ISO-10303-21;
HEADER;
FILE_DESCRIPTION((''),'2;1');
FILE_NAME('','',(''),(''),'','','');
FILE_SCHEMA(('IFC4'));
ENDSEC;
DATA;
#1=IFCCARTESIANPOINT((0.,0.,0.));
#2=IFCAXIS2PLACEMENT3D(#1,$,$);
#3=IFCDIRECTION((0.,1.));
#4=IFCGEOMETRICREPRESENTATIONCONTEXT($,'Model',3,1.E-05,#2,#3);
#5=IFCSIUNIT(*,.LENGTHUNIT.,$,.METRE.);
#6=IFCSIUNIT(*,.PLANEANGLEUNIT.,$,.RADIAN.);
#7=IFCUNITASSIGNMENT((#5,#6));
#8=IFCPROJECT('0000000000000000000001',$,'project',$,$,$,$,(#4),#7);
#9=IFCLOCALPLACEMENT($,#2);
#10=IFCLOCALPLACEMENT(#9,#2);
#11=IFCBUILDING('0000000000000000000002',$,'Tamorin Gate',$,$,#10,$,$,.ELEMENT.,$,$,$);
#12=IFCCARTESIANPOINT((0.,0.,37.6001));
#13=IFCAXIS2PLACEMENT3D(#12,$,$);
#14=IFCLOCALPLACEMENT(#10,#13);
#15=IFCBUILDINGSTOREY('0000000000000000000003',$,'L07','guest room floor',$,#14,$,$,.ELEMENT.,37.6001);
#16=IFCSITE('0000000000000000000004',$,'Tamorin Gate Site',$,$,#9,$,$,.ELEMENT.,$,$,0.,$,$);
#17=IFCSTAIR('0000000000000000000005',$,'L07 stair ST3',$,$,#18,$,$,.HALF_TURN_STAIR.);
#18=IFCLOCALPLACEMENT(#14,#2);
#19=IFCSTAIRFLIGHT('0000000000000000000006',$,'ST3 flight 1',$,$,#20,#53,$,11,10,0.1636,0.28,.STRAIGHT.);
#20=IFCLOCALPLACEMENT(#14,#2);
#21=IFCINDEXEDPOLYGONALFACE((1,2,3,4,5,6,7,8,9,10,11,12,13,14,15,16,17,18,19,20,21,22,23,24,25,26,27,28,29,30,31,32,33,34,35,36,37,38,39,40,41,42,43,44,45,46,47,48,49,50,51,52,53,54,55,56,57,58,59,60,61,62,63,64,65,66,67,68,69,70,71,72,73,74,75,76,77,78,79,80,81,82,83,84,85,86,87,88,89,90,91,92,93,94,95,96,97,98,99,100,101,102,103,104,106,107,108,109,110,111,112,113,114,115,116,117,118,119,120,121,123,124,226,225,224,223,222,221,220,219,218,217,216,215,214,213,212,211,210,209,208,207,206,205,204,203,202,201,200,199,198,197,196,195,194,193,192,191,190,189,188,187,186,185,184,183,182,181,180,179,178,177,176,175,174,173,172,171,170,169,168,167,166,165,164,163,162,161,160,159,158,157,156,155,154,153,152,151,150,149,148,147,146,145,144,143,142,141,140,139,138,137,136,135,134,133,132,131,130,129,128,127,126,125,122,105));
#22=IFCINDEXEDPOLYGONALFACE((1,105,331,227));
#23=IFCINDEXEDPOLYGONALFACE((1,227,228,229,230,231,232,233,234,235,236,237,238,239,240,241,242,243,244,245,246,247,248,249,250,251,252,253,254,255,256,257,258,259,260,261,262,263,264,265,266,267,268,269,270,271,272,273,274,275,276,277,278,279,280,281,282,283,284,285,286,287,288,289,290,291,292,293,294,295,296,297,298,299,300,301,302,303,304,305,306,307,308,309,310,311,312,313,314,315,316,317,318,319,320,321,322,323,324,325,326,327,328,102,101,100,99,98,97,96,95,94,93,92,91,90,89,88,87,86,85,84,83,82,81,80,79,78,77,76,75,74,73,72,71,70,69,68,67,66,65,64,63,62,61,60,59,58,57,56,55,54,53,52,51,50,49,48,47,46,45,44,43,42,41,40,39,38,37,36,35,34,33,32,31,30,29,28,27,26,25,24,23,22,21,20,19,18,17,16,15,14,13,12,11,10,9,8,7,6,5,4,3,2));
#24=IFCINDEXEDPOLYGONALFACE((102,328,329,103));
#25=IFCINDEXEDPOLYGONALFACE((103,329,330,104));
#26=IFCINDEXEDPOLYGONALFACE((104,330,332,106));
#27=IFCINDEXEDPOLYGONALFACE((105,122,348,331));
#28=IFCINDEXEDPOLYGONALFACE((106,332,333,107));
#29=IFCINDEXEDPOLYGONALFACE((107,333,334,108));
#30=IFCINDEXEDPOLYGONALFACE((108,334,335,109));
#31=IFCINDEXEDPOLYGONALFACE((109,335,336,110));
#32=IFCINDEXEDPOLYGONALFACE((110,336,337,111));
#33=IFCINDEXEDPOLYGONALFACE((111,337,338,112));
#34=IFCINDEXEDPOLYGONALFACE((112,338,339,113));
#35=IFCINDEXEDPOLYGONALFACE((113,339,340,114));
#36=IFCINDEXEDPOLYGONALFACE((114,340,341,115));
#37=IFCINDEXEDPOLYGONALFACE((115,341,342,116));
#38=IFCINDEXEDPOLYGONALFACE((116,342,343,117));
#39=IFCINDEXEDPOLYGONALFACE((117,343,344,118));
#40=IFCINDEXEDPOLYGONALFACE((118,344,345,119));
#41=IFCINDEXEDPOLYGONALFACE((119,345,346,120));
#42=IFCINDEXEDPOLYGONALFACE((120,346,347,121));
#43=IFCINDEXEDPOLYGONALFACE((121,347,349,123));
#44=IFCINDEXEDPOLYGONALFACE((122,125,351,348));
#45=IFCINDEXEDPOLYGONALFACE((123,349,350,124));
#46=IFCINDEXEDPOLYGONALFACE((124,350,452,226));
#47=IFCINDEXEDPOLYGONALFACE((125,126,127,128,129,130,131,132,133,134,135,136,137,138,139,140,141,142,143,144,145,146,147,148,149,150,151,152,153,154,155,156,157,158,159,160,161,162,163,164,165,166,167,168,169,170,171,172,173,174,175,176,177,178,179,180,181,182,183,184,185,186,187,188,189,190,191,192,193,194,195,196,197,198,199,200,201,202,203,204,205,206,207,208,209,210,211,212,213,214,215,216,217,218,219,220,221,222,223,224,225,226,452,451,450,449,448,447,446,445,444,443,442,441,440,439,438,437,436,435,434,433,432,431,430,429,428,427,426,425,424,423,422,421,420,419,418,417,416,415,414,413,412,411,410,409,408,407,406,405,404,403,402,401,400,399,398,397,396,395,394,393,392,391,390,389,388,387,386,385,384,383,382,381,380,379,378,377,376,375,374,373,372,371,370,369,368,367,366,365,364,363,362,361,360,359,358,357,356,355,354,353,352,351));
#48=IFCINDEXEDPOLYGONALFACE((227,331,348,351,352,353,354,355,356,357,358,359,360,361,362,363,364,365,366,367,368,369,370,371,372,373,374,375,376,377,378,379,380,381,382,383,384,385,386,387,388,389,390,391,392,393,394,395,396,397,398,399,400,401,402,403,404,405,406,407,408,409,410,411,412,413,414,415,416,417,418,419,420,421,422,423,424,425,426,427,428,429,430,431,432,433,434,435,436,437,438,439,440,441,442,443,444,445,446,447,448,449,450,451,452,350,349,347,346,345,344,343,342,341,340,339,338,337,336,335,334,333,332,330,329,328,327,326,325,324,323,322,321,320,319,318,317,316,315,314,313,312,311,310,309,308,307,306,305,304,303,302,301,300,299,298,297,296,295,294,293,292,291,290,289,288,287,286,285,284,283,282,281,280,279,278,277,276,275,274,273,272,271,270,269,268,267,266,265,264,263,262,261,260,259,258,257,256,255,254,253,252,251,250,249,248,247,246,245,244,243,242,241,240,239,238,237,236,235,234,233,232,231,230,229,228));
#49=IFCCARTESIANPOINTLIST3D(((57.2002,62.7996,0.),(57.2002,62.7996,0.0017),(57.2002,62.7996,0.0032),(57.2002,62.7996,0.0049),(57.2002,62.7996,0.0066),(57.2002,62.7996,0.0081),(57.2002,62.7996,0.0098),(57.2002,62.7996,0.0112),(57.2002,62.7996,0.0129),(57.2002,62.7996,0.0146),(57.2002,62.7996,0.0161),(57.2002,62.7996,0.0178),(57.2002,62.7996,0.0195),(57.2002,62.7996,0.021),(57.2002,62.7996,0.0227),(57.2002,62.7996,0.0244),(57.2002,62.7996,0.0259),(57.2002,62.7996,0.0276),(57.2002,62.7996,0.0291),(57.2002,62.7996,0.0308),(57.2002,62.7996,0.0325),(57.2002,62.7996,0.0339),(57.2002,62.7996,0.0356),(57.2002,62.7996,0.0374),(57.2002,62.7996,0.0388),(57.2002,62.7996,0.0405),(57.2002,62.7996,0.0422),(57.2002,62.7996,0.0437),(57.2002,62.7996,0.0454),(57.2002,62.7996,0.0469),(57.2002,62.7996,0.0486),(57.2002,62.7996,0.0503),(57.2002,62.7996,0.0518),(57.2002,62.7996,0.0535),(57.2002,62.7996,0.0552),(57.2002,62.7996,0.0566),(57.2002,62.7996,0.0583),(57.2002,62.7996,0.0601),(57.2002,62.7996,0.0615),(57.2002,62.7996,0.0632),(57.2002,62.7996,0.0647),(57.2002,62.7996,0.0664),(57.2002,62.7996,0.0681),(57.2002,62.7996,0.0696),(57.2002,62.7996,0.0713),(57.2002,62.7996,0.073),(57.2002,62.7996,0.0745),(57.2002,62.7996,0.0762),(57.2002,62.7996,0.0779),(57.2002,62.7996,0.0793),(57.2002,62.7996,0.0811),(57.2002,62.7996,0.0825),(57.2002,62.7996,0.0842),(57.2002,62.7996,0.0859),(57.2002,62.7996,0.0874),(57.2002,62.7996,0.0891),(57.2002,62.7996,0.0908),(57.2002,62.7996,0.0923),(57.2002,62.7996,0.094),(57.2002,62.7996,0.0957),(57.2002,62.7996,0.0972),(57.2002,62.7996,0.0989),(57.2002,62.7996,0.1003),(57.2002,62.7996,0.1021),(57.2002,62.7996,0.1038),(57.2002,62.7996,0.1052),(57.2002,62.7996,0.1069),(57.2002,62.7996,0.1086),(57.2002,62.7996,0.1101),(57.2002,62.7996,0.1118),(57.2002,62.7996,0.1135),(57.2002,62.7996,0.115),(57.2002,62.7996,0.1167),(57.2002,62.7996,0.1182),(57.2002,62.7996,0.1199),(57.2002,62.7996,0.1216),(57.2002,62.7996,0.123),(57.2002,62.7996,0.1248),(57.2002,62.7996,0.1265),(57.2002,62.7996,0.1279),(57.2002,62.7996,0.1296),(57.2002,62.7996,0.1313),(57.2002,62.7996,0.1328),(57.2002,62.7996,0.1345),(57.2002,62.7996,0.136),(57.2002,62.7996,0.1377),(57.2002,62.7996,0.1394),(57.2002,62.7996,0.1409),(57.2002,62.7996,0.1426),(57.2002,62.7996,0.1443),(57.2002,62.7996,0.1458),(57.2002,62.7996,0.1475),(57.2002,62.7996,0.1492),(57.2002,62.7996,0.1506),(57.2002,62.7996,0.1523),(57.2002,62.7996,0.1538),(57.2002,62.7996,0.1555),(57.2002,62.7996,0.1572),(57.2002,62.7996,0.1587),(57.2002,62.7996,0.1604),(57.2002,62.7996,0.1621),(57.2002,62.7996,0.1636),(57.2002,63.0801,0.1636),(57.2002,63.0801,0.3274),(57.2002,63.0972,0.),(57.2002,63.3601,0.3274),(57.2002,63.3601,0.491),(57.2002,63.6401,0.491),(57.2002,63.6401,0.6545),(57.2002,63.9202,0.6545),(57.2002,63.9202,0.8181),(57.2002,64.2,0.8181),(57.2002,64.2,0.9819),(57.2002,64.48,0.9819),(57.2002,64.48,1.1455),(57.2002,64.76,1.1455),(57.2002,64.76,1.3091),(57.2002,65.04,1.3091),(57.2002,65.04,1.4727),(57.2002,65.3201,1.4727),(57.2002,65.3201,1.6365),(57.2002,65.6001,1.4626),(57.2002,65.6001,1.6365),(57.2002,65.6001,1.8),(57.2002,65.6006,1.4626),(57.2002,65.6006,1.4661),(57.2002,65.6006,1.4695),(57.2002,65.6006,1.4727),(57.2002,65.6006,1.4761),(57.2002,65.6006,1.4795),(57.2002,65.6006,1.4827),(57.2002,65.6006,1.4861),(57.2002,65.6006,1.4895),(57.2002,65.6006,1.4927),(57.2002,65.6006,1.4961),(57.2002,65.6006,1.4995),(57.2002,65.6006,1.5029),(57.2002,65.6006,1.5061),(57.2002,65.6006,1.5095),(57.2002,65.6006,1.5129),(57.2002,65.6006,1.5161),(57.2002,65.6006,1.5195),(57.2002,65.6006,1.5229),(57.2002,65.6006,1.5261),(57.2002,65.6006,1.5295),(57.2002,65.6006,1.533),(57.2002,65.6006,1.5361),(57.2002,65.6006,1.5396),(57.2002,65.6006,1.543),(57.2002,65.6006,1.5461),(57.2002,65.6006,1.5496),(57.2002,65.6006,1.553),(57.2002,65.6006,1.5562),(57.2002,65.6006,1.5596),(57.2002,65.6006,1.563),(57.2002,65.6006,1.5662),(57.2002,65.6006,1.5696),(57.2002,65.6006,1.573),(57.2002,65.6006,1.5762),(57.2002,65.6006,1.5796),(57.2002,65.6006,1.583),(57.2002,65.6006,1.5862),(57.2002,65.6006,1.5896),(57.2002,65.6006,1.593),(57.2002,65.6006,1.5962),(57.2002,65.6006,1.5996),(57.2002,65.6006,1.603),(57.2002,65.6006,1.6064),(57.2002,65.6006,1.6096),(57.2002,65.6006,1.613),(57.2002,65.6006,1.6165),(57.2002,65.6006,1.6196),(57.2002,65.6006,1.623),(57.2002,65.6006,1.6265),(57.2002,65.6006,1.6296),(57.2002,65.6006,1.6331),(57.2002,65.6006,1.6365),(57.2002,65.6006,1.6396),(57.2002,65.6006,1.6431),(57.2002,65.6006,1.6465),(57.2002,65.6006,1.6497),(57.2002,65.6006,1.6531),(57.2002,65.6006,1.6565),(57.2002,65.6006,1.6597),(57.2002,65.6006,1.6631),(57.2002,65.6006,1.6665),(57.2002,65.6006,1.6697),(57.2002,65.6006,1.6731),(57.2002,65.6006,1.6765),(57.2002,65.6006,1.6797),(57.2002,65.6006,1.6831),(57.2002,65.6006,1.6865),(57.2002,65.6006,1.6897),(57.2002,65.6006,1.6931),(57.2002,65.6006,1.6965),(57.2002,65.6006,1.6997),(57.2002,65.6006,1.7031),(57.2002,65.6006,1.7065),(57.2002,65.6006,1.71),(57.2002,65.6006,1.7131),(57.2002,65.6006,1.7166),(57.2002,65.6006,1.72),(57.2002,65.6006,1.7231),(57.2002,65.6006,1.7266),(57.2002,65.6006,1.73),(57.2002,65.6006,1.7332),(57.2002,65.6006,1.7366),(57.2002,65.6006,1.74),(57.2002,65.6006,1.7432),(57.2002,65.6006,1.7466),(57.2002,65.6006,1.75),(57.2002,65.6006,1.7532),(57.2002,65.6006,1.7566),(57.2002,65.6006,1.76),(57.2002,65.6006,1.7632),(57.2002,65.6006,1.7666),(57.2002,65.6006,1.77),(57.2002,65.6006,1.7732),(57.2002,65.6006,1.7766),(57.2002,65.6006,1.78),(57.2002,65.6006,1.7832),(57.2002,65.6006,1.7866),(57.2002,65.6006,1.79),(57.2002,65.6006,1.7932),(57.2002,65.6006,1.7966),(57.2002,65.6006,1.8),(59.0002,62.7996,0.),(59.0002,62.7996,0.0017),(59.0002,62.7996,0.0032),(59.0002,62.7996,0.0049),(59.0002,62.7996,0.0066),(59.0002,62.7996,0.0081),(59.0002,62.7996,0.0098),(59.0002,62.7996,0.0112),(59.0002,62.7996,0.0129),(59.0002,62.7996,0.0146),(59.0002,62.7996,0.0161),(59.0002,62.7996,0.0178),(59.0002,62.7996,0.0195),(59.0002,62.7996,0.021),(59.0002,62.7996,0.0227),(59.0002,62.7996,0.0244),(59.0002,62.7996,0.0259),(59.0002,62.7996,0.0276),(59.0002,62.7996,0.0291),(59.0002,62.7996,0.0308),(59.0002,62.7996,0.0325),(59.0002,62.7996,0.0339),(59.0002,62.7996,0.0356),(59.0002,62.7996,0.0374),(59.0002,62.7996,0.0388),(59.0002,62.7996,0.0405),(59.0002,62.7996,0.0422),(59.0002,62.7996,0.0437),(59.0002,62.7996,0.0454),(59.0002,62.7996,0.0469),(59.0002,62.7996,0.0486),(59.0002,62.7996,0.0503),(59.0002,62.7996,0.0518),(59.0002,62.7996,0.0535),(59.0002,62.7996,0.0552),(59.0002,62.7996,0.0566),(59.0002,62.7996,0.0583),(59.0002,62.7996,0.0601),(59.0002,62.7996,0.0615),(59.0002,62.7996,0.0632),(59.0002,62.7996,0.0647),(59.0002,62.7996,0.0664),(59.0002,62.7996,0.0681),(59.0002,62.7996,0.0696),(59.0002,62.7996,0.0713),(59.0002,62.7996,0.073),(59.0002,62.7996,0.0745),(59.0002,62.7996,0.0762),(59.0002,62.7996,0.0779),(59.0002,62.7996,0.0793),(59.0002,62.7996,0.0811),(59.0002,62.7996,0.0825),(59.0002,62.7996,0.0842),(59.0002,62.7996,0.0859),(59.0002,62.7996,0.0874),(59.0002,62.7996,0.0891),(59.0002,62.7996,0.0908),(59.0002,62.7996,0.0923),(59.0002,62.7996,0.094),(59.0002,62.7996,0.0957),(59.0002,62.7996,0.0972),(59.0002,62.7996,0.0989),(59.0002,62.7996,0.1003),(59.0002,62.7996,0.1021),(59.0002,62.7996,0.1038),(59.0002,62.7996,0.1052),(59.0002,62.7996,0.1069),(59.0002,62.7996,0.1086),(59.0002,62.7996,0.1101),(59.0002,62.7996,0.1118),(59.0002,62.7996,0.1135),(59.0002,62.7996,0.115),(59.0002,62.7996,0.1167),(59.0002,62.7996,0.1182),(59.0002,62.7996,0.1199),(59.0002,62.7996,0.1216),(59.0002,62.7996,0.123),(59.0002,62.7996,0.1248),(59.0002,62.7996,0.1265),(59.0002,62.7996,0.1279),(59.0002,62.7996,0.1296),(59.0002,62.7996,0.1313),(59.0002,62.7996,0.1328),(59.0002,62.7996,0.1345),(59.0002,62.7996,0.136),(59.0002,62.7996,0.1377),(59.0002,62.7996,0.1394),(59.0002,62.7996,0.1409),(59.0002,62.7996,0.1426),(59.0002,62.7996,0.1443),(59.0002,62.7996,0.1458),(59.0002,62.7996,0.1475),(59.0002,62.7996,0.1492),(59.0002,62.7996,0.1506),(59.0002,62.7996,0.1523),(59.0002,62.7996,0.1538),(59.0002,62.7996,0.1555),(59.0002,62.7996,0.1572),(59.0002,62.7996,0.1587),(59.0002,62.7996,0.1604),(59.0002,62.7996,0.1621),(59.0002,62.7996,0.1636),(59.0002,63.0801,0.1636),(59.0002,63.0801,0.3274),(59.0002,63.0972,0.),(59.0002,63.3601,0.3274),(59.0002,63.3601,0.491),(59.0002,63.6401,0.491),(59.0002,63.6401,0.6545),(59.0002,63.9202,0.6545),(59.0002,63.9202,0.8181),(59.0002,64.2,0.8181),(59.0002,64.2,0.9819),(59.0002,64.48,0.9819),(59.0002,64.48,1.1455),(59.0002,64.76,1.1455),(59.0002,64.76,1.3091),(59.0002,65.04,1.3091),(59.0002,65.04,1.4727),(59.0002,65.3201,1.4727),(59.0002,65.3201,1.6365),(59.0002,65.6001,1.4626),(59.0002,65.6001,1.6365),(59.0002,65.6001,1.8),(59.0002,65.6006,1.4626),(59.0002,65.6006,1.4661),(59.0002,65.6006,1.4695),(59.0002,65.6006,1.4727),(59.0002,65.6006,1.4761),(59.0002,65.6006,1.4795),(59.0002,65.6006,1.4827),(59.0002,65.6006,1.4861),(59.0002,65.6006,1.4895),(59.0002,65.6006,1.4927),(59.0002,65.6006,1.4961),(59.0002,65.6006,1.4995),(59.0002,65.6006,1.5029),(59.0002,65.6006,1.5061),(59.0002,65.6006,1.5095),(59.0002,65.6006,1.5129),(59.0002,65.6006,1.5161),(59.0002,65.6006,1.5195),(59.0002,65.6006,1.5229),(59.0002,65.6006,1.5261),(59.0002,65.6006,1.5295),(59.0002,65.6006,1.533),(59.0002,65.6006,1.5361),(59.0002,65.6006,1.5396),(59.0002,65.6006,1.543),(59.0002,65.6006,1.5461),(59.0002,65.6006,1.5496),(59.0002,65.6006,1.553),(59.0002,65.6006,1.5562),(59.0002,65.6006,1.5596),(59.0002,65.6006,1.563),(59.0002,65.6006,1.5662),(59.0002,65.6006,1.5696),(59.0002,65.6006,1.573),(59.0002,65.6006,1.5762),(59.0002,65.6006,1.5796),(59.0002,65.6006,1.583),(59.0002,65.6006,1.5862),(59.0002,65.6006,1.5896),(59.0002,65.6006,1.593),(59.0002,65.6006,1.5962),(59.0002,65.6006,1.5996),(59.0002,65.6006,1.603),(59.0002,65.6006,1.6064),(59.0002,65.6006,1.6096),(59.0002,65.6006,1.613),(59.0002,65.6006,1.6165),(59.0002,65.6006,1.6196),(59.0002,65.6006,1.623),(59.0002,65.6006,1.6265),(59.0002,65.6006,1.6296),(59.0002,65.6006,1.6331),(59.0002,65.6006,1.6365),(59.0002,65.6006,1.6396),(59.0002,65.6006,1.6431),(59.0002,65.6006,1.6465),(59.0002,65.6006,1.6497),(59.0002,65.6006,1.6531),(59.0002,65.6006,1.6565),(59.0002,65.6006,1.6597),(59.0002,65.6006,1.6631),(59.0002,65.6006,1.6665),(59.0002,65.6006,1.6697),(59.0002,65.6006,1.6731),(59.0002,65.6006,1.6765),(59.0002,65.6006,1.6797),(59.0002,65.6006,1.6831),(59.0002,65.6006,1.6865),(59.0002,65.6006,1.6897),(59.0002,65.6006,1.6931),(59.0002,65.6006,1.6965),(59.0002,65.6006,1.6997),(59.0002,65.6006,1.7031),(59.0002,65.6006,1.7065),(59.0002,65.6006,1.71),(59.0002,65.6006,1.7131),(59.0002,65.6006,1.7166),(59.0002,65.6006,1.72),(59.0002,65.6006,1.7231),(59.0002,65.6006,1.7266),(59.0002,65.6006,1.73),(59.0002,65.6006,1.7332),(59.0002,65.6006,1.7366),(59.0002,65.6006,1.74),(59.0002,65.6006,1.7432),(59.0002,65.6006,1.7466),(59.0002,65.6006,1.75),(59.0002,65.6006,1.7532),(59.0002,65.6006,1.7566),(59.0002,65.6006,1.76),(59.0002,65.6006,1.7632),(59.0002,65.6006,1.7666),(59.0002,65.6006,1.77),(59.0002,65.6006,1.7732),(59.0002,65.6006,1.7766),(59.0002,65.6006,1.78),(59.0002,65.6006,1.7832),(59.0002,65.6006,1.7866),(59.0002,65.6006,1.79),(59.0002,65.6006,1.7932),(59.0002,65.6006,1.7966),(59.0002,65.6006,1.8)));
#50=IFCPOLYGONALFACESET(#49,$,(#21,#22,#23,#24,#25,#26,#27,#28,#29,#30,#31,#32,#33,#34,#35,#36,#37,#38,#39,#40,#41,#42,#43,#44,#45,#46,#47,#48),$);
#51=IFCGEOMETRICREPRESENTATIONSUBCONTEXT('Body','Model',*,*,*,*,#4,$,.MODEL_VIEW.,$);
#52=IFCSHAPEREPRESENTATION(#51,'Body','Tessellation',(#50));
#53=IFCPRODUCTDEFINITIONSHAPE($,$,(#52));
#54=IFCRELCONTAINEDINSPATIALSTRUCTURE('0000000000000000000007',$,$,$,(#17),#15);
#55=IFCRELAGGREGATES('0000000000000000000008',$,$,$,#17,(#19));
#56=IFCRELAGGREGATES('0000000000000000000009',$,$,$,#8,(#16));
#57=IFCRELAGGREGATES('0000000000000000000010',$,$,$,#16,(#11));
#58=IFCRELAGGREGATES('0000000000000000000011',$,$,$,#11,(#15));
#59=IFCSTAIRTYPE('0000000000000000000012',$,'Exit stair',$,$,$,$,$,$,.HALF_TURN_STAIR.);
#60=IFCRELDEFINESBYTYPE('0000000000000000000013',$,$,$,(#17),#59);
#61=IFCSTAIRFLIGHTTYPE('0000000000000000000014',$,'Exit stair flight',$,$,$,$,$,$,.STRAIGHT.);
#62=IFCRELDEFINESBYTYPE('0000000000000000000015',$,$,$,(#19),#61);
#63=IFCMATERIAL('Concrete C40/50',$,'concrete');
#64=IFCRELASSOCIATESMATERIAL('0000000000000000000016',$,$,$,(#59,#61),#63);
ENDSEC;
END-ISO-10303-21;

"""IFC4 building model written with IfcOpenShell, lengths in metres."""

from ifc_helpers import new_model, si_unit, direction, frame, origin, place, context, subcontext, project, spatial, polyline, outline, extrude, material, type_object, element, aggregate, save


model = new_model("IFC4")

# Units and contexts
model_context = context("Model", 3, precision=1e-05, world=origin(), true_north=direction((0.0, 1.0)))
body_context = subcontext(model_context, "Body", "Model", "MODEL_VIEW")
ifc_project = project(units=[si_unit("LENGTHUNIT", "METRE"), si_unit("PLANEANGLEUNIT", "RADIAN")], contexts=[model_context])

# Site, building, storey
site_placement = place(None, origin())
site = spatial("IfcSite", under=ifc_project, at=site_placement, Name="Tamorin Gate Site", CompositionType="ELEMENT", RefElevation=0.0)
building_placement = place(site_placement, origin())
building = spatial("IfcBuilding", under=site, at=building_placement, Name="Tamorin Gate", CompositionType="ELEMENT")
storey_placement = place(building_placement, frame((0.0, 0.0, 37.6001)))
storey = spatial("IfcBuildingStorey", under=building, at=storey_placement, Name="L07", Description="guest room floor", CompositionType="ELEMENT", Elevation=37.6001)

# Shared definitions
ifc_material_1 = material(Name="Concrete C40/50", Category="concrete")

# Stair, stair flight
stair_type = type_object("IfcStairType", Name="Exit stair", PredefinedType="HALF_TURN_STAIR", material=ifc_material_1)
stair_placement = place(storey_placement, origin())
stair = element("IfcStair", 1, at=stair_placement, inside=storey, type_object=stair_type, Name="L07 stair ST3", PredefinedType="HALF_TURN_STAIR")
stair_flight_type = type_object("IfcStairFlightType", Name="Exit stair flight", PredefinedType="STRAIGHT", material=ifc_material_1)
stair_flight_1_placement = place(storey_placement, frame((58.1001, 62.8, 0.0), z_axis=(0.0, 0.0, 1.0), x_axis=(0.0, 1.0, 0.0)))
stair_flight_1 = element("IfcStairFlight", 2, at=stair_flight_1_placement, type_object=stair_flight_type, Name="ST3 flight 1", NumberOfRisers=11, NumberOfTreads=10, PredefinedType="STRAIGHT", RiserHeight=0.1636, TreadLength=0.28, context=body_context, shape_type="SweptSolid", body=[
    extrude(outline(polyline([(-0.0005, 0.0), (-0.0005, 0.0017), (-0.0005, 0.0032), (-0.0005, 0.0049), (-0.0005, 0.0066), (-0.0005, 0.0081), (-0.0005, 0.0098), (-0.0005, 0.0112), (-0.0005, 0.0129), (-0.0005, 0.0146), (-0.0005, 0.0161), (-0.0005, 0.0178), (-0.0005, 0.0195), (-0.0005, 0.021), (-0.0005, 0.0227), (-0.0005, 0.0244), (-0.0005, 0.0259), (-0.0005, 0.0276), (-0.0005, 0.0291), (-0.0005, 0.0308), (-0.0005, 0.0325), (-0.0005, 0.0339), (-0.0005, 0.0356), (-0.0005, 0.0374), (-0.0005, 0.0388), (-0.0005, 0.0405), (-0.0005, 0.0422), (-0.0005, 0.0437), (-0.0005, 0.0454), (-0.0005, 0.0469), (-0.0005, 0.0486), (-0.0005, 0.0503), (-0.0005, 0.0518), (-0.0005, 0.0535), (-0.0005, 0.0552), (-0.0005, 0.0566), (-0.0005, 0.0583), (-0.0005, 0.0601), (-0.0005, 0.0615), (-0.0005, 0.0632), (-0.0005, 0.0647), (-0.0005, 0.0664), (-0.0005, 0.0681), (-0.0005, 0.0696), (-0.0005, 0.0713), (-0.0005, 0.073), (-0.0005, 0.0745), (-0.0005, 0.0762), (-0.0005, 0.0779), (-0.0005, 0.0793), (-0.0005, 0.0811), (-0.0005, 0.0825), (-0.0005, 0.0842), (-0.0005, 0.0859), (-0.0005, 0.0874), (-0.0005, 0.0891), (-0.0005, 0.0908), (-0.0005, 0.0923), (-0.0005, 0.094), (-0.0005, 0.0957), (-0.0005, 0.0972), (-0.0005, 0.0989), (-0.0005, 0.1003), (-0.0005, 0.1021), (-0.0005, 0.1038), (-0.0005, 0.1052), (-0.0005, 0.1069), (-0.0005, 0.1086), (-0.0005, 0.1101), (-0.0005, 0.1118), (-0.0005, 0.1135), (-0.0005, 0.115), (-0.0005, 0.1167), (-0.0005, 0.1182), (-0.0005, 0.1199), (-0.0005, 0.1216), (-0.0005, 0.123), (-0.0005, 0.1248), (-0.0005, 0.1265), (-0.0005, 0.1279), (-0.0005, 0.1296), (-0.0005, 0.1313), (-0.0005, 0.1328), (-0.0005, 0.1345), (-0.0005, 0.136), (-0.0005, 0.1377), (-0.0005, 0.1394), (-0.0005, 0.1409), (-0.0005, 0.1426), (-0.0005, 0.1443), (-0.0005, 0.1458), (-0.0005, 0.1475), (-0.0005, 0.1492), (-0.0005, 0.1506), (-0.0005, 0.1523), (-0.0005, 0.1538), (-0.0005, 0.1555), (-0.0005, 0.1572), (-0.0005, 0.1587), (-0.0005, 0.1604), (-0.0005, 0.1621), (-0.0005, 0.1636), (0.28, 0.1636), (0.28, 0.3274), (0.5601, 0.3274), (0.5601, 0.491), (0.8401, 0.491), (0.8401, 0.6545), (1.1201, 0.6545), (1.1201, 0.8181), (1.3999, 0.8181), (1.3999, 0.9819), (1.6799, 0.9819), (1.6799, 1.1455), (1.96, 1.1455), (1.96, 1.3091), (2.24, 1.3091), (2.24, 1.4727), (2.52, 1.4727), (2.52, 1.6365), (2.8, 1.6365), (2.8, 1.8), (2.8005, 1.8), (2.8005, 1.7966), (2.8005, 1.7932), (2.8005, 1.79), (2.8005, 1.7866), (2.8005, 1.7832), (2.8005, 1.78), (2.8005, 1.7766), (2.8005, 1.7732), (2.8005, 1.77), (2.8005, 1.7666), (2.8005, 1.7632), (2.8005, 1.76), (2.8005, 1.7566), (2.8005, 1.7532), (2.8005, 1.75), (2.8005, 1.7466), (2.8005, 1.7432), (2.8005, 1.74), (2.8005, 1.7366), (2.8005, 1.7332), (2.8005, 1.73), (2.8005, 1.7266), (2.8005, 1.7231), (2.8005, 1.72), (2.8005, 1.7166), (2.8005, 1.7131), (2.8005, 1.71), (2.8005, 1.7065), (2.8005, 1.7031), (2.8005, 1.6997), (2.8005, 1.6965), (2.8005, 1.6931), (2.8005, 1.6897), (2.8005, 1.6865), (2.8005, 1.6831), (2.8005, 1.6797), (2.8005, 1.6765), (2.8005, 1.6731), (2.8005, 1.6697), (2.8005, 1.6665), (2.8005, 1.6631), (2.8005, 1.6597), (2.8005, 1.6565), (2.8005, 1.6531), (2.8005, 1.6497), (2.8005, 1.6465), (2.8005, 1.6431), (2.8005, 1.6396), (2.8005, 1.6365), (2.8005, 1.6331), (2.8005, 1.6296), (2.8005, 1.6265), (2.8005, 1.623), (2.8005, 1.6196), (2.8005, 1.6165), (2.8005, 1.613), (2.8005, 1.6096), (2.8005, 1.6064), (2.8005, 1.603), (2.8005, 1.5996), (2.8005, 1.5962), (2.8005, 1.593), (2.8005, 1.5896), (2.8005, 1.5862), (2.8005, 1.583), (2.8005, 1.5796), (2.8005, 1.5762), (2.8005, 1.573), (2.8005, 1.5696), (2.8005, 1.5662), (2.8005, 1.563), (2.8005, 1.5596), (2.8005, 1.5562), (2.8005, 1.553), (2.8005, 1.5496), (2.8005, 1.5461), (2.8005, 1.543), (2.8005, 1.5396), (2.8005, 1.5361), (2.8005, 1.533), (2.8005, 1.5295), (2.8005, 1.5261), (2.8005, 1.5229), (2.8005, 1.5195), (2.8005, 1.5161), (2.8005, 1.5129), (2.8005, 1.5095), (2.8005, 1.5061), (2.8005, 1.5029), (2.8005, 1.4995), (2.8005, 1.4961), (2.8005, 1.4927), (2.8005, 1.4895), (2.8005, 1.4861), (2.8005, 1.4827), (2.8005, 1.4795), (2.8005, 1.4761), (2.8005, 1.4727), (2.8005, 1.4695), (2.8005, 1.4661), (2.8005, 1.4626), (2.8, 1.4626), (0.2971, 0.0), (-0.0005, 0.0)])), frame((0.0, 0.8999, 0.0), z_axis=(0.0, -1.0, 0.0), x_axis=(1.0, 0.0, 0.0)), (0.0, 0.0, 1.0), 1.8),
])
aggregate(stair, [stair_flight_1])

save(model, "model.ifc")
